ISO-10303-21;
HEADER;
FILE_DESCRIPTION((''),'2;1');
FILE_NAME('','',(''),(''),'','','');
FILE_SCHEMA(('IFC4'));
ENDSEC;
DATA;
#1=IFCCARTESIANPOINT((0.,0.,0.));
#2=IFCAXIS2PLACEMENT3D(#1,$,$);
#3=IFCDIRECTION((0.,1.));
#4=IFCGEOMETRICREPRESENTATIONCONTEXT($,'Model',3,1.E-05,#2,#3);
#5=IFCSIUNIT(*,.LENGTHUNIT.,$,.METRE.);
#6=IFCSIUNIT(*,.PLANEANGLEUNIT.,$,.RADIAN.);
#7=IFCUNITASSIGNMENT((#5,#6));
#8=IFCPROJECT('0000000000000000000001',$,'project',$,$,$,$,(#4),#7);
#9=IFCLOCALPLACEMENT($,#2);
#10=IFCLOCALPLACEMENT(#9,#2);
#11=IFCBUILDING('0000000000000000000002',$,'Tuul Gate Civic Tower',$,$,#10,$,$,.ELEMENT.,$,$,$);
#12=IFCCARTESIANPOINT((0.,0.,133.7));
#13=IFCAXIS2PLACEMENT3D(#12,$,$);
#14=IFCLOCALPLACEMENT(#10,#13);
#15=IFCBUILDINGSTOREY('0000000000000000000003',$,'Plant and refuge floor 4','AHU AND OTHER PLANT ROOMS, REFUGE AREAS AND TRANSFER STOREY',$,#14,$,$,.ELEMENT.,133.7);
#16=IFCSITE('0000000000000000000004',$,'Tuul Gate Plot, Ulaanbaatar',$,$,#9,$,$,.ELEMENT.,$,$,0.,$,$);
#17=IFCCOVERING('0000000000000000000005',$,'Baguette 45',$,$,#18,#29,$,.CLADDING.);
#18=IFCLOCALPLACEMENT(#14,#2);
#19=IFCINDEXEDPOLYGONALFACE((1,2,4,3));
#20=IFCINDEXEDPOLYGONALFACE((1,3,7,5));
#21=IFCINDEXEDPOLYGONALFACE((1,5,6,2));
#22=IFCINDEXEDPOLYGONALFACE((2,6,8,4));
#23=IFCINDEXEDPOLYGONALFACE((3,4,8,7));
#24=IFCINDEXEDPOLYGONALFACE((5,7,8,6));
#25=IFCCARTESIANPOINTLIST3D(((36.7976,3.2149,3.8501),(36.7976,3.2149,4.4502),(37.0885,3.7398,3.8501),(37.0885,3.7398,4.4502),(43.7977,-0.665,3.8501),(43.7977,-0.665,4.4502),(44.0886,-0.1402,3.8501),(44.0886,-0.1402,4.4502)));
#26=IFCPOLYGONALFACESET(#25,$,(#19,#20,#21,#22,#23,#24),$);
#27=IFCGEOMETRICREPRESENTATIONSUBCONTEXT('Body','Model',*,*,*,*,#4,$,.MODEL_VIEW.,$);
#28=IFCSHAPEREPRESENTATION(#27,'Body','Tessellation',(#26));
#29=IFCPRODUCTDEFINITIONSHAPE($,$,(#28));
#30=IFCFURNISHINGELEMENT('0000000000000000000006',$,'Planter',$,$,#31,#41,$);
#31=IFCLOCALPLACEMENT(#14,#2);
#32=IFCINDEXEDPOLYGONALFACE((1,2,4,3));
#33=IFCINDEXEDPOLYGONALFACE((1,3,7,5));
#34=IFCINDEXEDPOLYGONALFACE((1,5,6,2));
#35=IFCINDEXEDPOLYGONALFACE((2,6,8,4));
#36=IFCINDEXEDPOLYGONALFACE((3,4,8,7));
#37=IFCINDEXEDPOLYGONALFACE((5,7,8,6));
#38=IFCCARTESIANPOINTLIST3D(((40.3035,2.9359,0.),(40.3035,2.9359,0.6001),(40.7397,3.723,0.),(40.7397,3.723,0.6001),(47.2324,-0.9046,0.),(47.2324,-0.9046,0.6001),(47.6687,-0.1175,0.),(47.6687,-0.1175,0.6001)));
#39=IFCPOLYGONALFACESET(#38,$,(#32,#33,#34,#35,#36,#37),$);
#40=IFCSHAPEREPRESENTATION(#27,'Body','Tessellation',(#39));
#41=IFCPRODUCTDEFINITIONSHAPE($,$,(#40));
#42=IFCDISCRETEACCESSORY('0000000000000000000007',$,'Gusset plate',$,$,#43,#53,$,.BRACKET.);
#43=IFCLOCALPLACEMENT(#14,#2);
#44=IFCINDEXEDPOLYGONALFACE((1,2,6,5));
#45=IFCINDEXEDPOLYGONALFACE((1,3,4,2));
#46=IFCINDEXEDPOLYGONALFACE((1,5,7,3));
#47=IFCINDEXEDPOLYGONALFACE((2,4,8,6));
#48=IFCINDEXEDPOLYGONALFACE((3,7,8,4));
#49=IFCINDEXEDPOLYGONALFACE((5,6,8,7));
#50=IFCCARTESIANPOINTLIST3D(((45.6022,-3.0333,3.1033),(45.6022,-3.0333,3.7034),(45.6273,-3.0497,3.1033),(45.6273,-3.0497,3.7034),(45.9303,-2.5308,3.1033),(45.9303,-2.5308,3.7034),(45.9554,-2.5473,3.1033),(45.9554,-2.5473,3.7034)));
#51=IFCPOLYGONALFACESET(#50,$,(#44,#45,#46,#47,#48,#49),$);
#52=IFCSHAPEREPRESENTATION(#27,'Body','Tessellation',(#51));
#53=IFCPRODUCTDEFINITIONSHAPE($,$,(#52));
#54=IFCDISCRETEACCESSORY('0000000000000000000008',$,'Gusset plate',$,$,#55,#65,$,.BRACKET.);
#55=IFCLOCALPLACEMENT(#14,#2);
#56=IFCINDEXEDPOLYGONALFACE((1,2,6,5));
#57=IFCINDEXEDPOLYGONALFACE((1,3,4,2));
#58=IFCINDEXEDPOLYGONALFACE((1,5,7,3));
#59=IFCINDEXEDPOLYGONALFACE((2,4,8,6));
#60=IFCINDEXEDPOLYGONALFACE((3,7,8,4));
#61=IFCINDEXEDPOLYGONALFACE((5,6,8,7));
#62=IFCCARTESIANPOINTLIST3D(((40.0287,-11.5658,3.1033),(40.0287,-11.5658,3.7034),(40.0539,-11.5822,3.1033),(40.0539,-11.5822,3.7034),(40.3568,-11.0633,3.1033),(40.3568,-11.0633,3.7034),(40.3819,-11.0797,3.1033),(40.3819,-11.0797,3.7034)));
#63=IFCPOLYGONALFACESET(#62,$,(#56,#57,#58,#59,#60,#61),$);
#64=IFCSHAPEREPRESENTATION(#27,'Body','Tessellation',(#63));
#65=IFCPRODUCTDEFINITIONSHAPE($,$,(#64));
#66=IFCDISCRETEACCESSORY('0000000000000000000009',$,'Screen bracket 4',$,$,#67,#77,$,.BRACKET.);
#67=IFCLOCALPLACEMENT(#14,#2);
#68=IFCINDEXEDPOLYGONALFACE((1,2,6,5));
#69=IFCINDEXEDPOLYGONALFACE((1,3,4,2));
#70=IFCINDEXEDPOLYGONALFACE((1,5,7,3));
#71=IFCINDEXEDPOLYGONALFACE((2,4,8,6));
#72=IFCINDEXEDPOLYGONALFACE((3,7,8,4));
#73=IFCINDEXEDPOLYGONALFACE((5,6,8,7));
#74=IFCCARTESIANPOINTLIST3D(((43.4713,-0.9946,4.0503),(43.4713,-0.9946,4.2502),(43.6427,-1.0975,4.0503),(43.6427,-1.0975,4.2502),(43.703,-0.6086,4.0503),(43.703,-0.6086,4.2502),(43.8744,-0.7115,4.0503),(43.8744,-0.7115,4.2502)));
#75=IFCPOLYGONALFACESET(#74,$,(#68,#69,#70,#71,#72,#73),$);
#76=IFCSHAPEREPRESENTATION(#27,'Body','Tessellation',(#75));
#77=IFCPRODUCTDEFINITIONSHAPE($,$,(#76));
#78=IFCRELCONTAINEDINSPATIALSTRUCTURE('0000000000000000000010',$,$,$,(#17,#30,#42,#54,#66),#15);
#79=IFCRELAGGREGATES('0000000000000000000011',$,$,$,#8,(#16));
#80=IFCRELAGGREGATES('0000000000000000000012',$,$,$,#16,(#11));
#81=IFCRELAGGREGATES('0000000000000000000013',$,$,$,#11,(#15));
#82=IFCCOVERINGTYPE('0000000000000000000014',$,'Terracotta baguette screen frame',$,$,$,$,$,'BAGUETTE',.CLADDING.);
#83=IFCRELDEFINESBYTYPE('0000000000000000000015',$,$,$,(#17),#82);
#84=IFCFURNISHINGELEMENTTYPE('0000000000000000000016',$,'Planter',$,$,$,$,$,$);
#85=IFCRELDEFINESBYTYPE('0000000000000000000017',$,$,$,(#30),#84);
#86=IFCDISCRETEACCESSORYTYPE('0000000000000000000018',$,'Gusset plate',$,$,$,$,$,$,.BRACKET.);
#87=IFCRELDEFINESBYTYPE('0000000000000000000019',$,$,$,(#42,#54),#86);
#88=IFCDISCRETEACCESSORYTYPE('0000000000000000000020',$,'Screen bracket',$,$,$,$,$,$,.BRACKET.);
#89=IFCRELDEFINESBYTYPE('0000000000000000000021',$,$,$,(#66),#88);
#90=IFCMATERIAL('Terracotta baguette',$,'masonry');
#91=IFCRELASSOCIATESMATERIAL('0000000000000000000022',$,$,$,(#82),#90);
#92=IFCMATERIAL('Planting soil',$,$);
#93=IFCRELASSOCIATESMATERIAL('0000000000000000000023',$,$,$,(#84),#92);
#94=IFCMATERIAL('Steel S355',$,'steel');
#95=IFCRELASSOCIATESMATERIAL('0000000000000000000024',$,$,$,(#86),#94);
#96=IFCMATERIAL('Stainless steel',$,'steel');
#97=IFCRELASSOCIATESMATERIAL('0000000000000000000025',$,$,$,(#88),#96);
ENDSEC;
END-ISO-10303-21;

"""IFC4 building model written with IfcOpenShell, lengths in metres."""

from ifc_helpers import new_model, si_unit, direction, frame, origin, origin_2d, place, context, subcontext, project, spatial, rectangle, extrude, material, material_profile, profile_set, type_object, element, save


model = new_model("IFC4")

# Units and contexts
model_context = context("Model", 3, precision=1e-05, world=origin(), true_north=direction((0.0, 1.0)))
body_context = subcontext(model_context, "Body", "Model", "MODEL_VIEW")
ifc_project = project(units=[si_unit("LENGTHUNIT", "METRE"), si_unit("PLANEANGLEUNIT", "RADIAN")], contexts=[model_context])

# Site, building, storey
site_placement = place(None, origin())
site = spatial("IfcSite", under=ifc_project, at=site_placement, Name="Tuul Gate Plot, Ulaanbaatar", CompositionType="ELEMENT", RefElevation=0.0)
building_placement = place(site_placement, origin())
building = spatial("IfcBuilding", under=site, at=building_placement, Name="Tuul Gate Civic Tower", CompositionType="ELEMENT")
storey_placement = place(building_placement, frame((0.0, 0.0, 133.7)))
storey = spatial("IfcBuildingStorey", under=building, at=storey_placement, Name="Plant and refuge floor 4", Description="AHU AND OTHER PLANT ROOMS, REFUGE AREAS AND TRANSFER STOREY", CompositionType="ELEMENT", Elevation=133.7)

# Covering
ifc_material_1 = material(Name="Terracotta baguette", Category="masonry")
ifc_material_profile_1 = material_profile(ifc_material_1, rectangle(XDim=0.6001, YDim=0.6001, at=origin_2d()), Name="Terracotta baguette screen frame")
ifc_profile_set_1 = profile_set([ifc_material_profile_1], Name="Terracotta baguette")
covering_type = type_object("IfcCoveringType", Name="Terracotta baguette screen frame", ElementType="BAGUETTE", PredefinedType="CLADDING", material=ifc_profile_set_1)
covering_placement = place(storey_placement, frame((43.9431, -0.4026, 4.1501), z_axis=(-0.874635, 0.484783, 0.0), x_axis=(-0.484783, -0.874635, 0.0)))
element("IfcCovering", 1, at=covering_placement, inside=storey, type_object=covering_type, Name="Baguette 45", PredefinedType="CLADDING", context=body_context, shape_type="SweptSolid", body=[
    extrude(rectangle(XDim=0.6001, YDim=0.6001, at=origin_2d()), origin(), (0.0, 0.0, 1.0), 8.0034),
])

# Furnishing element
ifc_material_2 = material(Name="Planting soil")
furnishing_element_type = type_object("IfcFurnishingElementType", Name="Planter", material=ifc_material_2)
furnishing_placement = place(storey_placement, frame((43.9861, 1.4092, 0.0), z_axis=(0.0, 0.0, 1.0), x_axis=(-0.874632, 0.484787, 0.0)))
element("IfcFurnishingElement", 2, at=furnishing_placement, inside=storey, type_object=furnishing_element_type, Name="Planter", context=body_context, shape_type="SweptSolid", body=[
    extrude(rectangle(XDim=7.9221, YDim=0.8999, at=origin_2d()), origin(), (0.0, 0.0, 1.0), 0.6001),
])

# Discrete accessories
ifc_material_3 = material(Name="Steel S355", Category="steel")
discrete_accessory_type_1 = type_object("IfcDiscreteAccessoryType", Name="Gusset plate", PredefinedType="BRACKET", material=ifc_material_3)
for number, where, z_axis, x_axis, name in (
    (3, (45.7788, -2.7903, 3.1033), (0.0, 0.0, 1.0), (-0.546711, -0.837322, 0.0), "Gusset plate"),
    (4, (40.2053, -11.3228, 3.1033), (0.0, 0.0, 1.0), (0.546711, 0.837322, 0.0), "Gusset plate"),
):
    element("IfcDiscreteAccessory", number, at=place(storey_placement, frame(where, z_axis=z_axis, x_axis=x_axis)), inside=storey, type_object=discrete_accessory_type_1, Name=name, PredefinedType="BRACKET", context=body_context, shape_type="SweptSolid", body=[
        extrude(rectangle(XDim=0.6001, YDim=0.03, at=origin_2d()), origin(), (0.0, 0.0, 1.0), 0.6001),
    ])
ifc_material_4 = material(Name="Stainless steel", Category="steel")
discrete_accessory_type_2 = type_object("IfcDiscreteAccessoryType", Name="Screen bracket", PredefinedType="BRACKET", material=ifc_material_4)
discrete_accessory_placement = place(storey_placement, frame((43.6729, -0.853, 4.0503), z_axis=(0.0, 0.0, 1.0), x_axis=(0.514603, 0.857429, 0.0)))
element("IfcDiscreteAccessory", 5, at=discrete_accessory_placement, inside=storey, type_object=discrete_accessory_type_2, Name="Screen bracket 4", PredefinedType="BRACKET", context=body_context, shape_type="SweptSolid", body=[
    extrude(rectangle(XDim=0.4502, YDim=0.2, at=origin_2d()), origin(), (0.0, 0.0, 1.0), 0.2),
])

save(model, "model.ifc")
